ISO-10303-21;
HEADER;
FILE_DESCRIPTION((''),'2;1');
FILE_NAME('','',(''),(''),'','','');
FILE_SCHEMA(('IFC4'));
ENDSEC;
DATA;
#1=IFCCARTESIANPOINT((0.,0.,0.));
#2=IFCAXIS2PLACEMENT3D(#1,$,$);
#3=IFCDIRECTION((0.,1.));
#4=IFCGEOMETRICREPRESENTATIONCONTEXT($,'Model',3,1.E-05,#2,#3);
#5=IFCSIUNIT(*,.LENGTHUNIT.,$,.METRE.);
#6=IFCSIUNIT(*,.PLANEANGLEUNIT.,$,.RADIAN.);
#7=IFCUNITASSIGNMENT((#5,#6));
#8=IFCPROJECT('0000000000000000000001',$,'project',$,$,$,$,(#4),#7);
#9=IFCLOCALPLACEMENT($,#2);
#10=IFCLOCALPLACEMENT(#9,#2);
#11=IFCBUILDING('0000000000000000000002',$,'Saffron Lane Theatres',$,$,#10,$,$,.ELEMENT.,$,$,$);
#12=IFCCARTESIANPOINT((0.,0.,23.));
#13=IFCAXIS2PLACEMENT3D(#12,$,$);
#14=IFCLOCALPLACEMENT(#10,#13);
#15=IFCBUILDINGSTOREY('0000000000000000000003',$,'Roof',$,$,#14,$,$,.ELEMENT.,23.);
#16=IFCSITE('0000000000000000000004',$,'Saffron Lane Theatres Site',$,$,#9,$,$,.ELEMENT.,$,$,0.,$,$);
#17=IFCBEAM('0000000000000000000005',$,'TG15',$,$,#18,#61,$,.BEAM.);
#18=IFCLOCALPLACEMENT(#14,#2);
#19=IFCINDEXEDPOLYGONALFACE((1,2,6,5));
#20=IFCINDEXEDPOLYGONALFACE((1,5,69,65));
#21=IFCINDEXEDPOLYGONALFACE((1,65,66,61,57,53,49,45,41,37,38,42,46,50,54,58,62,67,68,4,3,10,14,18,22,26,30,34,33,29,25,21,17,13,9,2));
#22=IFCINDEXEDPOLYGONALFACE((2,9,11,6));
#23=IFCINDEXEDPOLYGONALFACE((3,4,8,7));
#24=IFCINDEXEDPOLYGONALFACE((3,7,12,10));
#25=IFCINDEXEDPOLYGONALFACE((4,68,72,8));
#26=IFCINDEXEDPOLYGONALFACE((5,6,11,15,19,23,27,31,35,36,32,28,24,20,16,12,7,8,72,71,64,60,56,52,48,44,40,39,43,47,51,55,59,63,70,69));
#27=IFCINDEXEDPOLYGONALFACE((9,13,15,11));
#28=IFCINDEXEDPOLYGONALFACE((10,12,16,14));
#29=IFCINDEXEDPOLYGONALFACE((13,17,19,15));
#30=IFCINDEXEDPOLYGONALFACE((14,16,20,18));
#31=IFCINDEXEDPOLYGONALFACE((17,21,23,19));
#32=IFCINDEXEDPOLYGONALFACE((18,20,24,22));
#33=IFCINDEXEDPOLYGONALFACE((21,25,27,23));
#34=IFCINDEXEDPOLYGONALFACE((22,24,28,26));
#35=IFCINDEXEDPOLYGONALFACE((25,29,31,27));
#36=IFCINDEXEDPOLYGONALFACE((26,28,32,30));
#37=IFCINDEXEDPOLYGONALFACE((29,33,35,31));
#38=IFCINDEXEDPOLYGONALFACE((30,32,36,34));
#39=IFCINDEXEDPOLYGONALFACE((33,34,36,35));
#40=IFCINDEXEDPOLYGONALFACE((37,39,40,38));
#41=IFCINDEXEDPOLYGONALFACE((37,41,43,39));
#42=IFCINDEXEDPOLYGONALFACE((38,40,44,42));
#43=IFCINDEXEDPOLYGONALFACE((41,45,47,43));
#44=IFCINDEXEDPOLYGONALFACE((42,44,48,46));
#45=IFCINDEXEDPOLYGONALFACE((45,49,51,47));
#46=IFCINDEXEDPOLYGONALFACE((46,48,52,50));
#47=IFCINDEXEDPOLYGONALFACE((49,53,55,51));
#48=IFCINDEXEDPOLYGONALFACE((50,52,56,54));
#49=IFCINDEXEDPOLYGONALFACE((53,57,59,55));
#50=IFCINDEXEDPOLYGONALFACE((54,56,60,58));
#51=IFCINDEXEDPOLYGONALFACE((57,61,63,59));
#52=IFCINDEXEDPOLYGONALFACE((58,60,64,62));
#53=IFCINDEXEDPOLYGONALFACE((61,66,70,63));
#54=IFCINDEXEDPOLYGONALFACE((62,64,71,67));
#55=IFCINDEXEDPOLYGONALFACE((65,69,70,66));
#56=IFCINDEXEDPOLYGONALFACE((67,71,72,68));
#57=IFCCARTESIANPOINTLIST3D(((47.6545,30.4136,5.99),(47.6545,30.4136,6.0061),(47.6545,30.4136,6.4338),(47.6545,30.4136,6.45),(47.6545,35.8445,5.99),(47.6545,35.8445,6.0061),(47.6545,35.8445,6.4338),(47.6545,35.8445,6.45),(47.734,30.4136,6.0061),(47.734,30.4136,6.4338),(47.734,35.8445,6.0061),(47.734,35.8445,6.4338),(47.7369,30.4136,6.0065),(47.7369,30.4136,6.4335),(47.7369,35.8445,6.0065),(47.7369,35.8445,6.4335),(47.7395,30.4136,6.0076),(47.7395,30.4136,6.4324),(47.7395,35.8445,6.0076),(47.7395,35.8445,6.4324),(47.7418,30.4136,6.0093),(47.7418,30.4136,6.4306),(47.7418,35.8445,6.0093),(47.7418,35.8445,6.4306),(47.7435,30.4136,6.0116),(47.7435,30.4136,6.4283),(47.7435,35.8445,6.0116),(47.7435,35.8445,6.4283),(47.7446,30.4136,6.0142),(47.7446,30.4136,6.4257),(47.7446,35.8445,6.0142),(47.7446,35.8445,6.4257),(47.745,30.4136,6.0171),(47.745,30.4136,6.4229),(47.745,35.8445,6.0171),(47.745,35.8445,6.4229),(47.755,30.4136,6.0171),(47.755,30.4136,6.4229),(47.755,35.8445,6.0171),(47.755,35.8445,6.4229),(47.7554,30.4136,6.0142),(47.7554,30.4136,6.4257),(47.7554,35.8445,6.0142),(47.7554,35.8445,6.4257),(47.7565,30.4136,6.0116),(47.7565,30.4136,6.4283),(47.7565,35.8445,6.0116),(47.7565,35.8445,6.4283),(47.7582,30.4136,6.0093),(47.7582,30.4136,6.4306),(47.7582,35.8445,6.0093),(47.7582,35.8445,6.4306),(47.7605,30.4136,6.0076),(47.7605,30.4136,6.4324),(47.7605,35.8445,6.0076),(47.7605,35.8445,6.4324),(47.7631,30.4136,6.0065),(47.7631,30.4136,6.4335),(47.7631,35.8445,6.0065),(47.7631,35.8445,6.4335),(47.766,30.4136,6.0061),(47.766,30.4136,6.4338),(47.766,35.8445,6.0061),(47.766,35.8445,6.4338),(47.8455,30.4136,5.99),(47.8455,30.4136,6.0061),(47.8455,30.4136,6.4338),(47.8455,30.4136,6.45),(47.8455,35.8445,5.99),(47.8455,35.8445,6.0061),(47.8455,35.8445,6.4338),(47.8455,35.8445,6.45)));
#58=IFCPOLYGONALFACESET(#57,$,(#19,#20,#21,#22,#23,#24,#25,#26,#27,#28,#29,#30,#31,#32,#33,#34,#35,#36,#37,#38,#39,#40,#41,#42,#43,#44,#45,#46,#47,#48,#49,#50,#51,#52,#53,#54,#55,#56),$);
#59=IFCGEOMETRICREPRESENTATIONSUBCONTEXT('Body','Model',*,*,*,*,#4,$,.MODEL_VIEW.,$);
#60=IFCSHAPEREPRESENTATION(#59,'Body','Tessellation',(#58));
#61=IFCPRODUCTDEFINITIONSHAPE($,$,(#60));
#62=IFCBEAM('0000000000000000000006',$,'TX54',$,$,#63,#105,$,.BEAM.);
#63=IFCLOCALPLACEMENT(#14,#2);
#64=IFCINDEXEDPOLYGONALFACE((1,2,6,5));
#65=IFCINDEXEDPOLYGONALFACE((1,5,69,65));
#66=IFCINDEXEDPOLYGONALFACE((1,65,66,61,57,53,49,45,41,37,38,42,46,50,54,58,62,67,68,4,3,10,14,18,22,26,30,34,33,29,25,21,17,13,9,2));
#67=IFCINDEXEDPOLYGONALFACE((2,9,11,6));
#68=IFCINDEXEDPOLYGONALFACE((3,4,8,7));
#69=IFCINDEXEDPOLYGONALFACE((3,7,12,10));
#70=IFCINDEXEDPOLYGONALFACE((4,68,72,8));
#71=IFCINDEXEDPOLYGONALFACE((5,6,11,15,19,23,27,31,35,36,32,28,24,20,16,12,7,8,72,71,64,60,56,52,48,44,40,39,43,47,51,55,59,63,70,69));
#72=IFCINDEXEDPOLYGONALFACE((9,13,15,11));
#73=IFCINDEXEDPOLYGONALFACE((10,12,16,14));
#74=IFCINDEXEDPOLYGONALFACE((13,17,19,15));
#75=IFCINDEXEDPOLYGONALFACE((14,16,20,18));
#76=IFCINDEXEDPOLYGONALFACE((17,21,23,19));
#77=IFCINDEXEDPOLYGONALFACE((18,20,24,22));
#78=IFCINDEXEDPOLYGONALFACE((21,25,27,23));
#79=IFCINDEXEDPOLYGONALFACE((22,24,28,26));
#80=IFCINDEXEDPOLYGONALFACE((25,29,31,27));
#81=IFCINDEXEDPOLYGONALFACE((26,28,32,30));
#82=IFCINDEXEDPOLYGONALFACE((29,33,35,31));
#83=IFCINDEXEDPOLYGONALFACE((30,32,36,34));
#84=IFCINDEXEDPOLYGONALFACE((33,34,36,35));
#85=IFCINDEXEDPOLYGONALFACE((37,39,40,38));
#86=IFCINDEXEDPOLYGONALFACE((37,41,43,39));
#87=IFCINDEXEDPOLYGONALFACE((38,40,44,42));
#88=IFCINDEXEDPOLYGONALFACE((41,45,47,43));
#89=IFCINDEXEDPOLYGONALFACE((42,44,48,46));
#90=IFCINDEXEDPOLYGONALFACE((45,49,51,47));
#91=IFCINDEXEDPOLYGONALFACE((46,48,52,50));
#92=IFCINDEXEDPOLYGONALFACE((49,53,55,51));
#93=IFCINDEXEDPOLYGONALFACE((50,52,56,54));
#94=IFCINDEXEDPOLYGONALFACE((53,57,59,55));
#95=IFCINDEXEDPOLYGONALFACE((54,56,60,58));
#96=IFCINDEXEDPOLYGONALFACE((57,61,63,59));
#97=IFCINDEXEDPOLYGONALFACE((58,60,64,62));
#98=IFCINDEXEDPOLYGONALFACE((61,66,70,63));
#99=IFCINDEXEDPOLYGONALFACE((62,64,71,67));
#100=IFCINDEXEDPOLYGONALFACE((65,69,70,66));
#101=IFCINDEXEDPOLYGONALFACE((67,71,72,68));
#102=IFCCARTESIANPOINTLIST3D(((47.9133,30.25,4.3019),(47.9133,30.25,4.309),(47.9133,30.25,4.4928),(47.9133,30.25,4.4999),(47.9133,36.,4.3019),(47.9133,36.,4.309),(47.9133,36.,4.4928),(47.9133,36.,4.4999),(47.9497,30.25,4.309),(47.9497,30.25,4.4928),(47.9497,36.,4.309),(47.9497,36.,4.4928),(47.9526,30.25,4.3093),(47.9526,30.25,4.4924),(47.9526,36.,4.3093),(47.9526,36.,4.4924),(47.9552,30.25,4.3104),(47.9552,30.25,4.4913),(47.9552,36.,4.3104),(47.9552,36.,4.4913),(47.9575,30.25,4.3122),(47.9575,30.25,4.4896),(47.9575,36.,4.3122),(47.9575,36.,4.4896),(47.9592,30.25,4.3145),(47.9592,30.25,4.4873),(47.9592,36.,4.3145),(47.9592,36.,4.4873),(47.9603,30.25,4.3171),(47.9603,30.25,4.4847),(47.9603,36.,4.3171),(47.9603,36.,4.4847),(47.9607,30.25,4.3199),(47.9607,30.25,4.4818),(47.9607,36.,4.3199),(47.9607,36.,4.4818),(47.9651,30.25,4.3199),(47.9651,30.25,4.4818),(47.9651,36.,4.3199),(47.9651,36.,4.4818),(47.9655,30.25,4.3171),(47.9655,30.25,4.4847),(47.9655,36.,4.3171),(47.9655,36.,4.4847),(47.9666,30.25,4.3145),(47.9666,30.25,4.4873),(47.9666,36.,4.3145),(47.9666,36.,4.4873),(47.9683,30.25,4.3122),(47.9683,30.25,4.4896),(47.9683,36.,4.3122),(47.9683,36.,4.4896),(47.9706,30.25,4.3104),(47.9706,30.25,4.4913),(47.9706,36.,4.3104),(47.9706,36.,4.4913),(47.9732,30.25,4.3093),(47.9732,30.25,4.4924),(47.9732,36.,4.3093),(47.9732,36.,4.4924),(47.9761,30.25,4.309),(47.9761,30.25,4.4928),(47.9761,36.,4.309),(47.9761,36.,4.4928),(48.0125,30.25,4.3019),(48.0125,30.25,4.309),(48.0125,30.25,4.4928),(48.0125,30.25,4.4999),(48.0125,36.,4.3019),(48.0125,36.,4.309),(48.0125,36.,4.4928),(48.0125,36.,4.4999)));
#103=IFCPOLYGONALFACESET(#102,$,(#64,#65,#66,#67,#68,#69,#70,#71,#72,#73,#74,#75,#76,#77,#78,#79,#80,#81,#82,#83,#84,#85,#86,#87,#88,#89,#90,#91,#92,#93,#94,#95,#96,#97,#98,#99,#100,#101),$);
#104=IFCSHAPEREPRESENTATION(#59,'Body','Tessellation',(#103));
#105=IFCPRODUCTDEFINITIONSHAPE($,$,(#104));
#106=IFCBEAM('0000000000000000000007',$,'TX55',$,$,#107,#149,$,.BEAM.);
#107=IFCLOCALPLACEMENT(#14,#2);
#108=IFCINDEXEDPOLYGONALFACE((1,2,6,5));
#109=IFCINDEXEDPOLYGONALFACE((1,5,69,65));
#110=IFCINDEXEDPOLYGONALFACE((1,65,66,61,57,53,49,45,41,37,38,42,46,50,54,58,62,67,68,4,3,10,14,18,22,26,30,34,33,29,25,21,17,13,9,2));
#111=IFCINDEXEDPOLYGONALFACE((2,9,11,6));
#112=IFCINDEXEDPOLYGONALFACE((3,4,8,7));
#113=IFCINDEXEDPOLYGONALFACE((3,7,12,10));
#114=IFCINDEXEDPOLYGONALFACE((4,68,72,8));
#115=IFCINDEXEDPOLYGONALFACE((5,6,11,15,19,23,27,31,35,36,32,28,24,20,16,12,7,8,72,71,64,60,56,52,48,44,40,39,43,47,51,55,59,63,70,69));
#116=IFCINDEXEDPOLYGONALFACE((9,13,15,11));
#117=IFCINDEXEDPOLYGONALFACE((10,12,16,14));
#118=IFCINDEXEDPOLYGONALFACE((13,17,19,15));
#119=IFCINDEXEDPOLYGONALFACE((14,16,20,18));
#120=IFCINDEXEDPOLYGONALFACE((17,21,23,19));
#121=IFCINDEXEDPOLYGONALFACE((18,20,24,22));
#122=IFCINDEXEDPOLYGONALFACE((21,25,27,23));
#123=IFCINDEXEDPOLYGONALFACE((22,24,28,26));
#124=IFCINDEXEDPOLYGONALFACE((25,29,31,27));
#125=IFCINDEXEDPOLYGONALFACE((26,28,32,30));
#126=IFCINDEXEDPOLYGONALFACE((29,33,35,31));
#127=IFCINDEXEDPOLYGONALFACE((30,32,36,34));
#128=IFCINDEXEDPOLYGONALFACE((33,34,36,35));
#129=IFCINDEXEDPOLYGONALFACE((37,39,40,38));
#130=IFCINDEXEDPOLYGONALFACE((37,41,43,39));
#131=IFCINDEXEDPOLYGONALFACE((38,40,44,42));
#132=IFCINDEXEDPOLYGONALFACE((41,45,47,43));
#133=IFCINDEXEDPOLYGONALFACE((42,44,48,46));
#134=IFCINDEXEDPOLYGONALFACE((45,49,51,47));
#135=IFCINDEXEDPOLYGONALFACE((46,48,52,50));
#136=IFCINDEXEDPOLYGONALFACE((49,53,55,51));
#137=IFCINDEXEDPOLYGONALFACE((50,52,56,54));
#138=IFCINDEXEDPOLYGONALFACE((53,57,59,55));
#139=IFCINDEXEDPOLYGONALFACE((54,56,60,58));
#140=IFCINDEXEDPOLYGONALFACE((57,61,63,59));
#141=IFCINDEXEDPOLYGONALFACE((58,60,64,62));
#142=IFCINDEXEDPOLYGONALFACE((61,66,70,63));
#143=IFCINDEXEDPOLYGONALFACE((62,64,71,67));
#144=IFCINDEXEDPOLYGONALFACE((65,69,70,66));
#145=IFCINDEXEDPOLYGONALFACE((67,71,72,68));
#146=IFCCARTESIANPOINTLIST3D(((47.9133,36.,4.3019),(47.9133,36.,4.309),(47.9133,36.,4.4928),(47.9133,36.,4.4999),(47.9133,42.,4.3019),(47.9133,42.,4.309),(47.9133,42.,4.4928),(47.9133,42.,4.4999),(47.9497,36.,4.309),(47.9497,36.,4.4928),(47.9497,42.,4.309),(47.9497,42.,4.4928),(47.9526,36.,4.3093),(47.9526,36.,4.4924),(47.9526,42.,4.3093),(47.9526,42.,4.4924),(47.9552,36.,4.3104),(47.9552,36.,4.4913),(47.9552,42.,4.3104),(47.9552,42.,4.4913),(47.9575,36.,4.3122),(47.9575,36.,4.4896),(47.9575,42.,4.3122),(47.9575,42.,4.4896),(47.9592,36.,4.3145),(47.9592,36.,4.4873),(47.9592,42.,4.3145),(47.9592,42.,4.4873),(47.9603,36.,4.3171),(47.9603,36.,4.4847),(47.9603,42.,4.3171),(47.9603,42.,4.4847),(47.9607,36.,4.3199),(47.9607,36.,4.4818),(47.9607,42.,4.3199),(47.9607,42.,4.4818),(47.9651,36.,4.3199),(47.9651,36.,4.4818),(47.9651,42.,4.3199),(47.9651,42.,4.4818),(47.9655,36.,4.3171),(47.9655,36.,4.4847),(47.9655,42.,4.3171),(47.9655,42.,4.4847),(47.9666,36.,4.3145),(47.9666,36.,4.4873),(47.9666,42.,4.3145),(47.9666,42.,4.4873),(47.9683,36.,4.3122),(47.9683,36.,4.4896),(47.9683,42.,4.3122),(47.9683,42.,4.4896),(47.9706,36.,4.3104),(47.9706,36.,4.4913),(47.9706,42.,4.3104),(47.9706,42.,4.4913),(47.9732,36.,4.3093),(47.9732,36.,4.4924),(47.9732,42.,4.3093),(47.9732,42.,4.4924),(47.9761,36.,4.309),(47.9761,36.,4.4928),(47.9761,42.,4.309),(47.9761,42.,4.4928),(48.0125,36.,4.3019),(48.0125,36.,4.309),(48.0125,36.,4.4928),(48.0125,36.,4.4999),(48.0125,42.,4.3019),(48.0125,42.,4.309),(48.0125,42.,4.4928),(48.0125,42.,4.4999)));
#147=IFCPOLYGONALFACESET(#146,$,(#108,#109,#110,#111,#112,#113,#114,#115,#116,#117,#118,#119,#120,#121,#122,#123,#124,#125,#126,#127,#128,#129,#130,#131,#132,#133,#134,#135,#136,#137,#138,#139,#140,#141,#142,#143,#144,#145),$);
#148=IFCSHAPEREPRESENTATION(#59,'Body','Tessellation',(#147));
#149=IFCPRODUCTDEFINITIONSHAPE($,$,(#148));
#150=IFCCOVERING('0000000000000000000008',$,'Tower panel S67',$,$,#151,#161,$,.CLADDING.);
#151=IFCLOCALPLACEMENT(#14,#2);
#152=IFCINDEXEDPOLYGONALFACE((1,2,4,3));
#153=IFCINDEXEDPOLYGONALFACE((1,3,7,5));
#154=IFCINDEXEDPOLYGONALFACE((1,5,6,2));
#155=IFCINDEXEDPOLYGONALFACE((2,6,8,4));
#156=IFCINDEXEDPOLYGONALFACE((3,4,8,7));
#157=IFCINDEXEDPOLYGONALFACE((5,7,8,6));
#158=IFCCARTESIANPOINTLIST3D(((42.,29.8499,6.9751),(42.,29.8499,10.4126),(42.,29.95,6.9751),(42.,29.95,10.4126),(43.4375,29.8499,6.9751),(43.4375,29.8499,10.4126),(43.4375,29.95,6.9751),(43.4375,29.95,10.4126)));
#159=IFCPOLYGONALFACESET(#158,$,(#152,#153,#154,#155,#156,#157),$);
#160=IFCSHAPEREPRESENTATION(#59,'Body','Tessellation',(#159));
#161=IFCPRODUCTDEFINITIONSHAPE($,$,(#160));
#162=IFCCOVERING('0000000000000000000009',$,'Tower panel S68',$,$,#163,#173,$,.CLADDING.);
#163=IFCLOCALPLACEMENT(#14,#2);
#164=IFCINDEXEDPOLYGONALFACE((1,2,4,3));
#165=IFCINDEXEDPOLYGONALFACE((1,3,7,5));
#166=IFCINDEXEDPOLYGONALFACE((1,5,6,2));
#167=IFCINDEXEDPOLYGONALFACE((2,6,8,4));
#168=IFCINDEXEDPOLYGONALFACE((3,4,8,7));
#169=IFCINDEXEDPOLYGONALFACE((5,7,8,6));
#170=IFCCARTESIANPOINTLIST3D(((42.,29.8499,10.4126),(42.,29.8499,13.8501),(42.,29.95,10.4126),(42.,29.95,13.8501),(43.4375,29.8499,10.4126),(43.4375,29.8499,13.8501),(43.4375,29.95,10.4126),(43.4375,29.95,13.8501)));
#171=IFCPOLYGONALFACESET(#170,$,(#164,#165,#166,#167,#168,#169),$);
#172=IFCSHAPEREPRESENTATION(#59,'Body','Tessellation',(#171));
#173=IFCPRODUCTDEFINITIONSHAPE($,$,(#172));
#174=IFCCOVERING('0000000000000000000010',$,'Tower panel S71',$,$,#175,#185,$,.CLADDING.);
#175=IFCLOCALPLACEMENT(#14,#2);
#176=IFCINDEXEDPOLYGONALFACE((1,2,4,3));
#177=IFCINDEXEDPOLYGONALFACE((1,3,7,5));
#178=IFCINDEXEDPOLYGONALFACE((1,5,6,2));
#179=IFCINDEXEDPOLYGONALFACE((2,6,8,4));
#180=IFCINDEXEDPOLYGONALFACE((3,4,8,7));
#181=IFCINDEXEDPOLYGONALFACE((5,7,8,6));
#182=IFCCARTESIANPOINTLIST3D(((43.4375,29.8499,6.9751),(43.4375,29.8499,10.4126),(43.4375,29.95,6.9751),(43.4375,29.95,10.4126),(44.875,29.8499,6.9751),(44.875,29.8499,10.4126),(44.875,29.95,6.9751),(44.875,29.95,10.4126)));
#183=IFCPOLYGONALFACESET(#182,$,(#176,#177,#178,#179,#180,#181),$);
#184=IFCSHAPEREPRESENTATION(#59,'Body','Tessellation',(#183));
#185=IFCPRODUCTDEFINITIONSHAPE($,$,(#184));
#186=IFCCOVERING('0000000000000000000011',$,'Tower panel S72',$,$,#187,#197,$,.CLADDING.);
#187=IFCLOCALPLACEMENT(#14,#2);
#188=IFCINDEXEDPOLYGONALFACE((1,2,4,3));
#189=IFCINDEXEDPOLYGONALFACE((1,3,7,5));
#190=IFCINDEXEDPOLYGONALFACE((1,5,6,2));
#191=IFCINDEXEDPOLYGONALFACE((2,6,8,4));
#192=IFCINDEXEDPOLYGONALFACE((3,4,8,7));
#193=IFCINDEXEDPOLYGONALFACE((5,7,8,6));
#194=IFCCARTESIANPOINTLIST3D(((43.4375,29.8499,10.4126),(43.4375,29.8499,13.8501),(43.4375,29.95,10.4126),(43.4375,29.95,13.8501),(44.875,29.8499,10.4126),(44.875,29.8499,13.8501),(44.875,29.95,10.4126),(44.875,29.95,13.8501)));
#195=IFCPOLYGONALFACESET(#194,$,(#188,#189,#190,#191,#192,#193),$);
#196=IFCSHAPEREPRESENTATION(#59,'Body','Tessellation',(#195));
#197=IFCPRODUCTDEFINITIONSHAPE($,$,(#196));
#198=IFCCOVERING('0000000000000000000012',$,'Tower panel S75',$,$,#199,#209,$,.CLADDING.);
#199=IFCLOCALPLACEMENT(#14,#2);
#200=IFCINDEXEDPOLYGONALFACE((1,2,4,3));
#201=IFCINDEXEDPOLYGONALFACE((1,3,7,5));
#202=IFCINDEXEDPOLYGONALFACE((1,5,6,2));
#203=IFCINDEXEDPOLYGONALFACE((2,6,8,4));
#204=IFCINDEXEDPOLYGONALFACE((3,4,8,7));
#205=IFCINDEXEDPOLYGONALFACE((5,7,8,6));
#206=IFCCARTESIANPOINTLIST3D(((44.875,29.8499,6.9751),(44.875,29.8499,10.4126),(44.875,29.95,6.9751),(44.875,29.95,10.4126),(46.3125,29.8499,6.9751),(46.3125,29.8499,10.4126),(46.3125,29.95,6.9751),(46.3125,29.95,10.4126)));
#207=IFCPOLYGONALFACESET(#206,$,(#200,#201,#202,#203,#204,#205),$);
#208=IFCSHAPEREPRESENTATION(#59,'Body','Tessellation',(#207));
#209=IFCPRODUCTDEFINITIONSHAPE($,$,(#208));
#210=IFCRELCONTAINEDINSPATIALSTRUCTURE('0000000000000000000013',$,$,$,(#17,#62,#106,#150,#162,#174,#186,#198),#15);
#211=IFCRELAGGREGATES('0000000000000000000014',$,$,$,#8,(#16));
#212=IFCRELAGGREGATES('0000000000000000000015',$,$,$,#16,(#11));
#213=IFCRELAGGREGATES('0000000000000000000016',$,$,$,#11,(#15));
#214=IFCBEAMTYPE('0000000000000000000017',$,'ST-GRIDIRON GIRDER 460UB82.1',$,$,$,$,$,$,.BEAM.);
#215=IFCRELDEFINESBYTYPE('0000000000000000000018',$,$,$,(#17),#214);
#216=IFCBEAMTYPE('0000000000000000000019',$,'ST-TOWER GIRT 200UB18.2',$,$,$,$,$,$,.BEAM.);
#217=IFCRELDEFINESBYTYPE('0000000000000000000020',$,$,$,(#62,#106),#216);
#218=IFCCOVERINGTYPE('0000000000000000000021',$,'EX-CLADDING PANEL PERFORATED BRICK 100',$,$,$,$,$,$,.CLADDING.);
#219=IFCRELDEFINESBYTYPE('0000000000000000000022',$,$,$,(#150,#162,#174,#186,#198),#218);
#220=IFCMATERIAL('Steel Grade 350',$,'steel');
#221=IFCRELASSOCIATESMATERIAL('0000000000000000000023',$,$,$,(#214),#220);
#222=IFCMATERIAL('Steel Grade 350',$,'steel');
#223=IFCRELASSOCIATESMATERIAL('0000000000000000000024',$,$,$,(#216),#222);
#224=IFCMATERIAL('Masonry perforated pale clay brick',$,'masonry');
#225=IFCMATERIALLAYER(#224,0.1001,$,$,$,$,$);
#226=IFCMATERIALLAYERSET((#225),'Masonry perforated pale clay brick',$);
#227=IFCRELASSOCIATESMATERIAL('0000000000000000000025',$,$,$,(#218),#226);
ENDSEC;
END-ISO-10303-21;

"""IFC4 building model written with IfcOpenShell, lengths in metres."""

from ifc_helpers import new_model, si_unit, direction, frame, origin, origin_2d, place, context, subcontext, project, spatial, rectangle, i_section, extrude, material, layer, layer_set, material_profile, profile_set, type_object, element, save


model = new_model("IFC4")

# Units and contexts
model_context = context("Model", 3, precision=1e-05, world=origin(), true_north=direction((0.0, 1.0)))
body_context = subcontext(model_context, "Body", "Model", "MODEL_VIEW")
ifc_project = project(units=[si_unit("LENGTHUNIT", "METRE"), si_unit("PLANEANGLEUNIT", "RADIAN")], contexts=[model_context])

# Site, building, storey
site_placement = place(None, origin())
site = spatial("IfcSite", under=ifc_project, at=site_placement, Name="Saffron Lane Theatres Site", CompositionType="ELEMENT", RefElevation=0.0)
building_placement = place(site_placement, origin())
building = spatial("IfcBuilding", under=site, at=building_placement, Name="Saffron Lane Theatres", CompositionType="ELEMENT")
storey_placement = place(building_placement, frame((0.0, 0.0, 23.0)))
storey = spatial("IfcBuildingStorey", under=building, at=storey_placement, Name="Roof", CompositionType="ELEMENT", Elevation=23.0)

# Beams
ifc_material_1 = material(Name="Steel Grade 350", Category="steel")
ifc_material_profile_1 = material_profile(ifc_material_1, i_section(OverallWidth=0.1909, OverallDepth=0.46, WebThickness=0.01, FlangeThickness=0.0161, FilletRadius=0.011, at=origin_2d()))
ifc_profile_set_1 = profile_set([ifc_material_profile_1], Name="Steel Grade 350")
beam_type_1 = type_object("IfcBeamType", Name="ST-GRIDIRON GIRDER 460UB82.1", PredefinedType="BEAM", material=ifc_profile_set_1)
beam_1_placement = place(storey_placement, frame((47.75, 30.4136, 6.22), z_axis=(0.0, 1.0, 0.0), x_axis=(-1.0, 0.0, 0.0)))
element("IfcBeam", 1, at=beam_1_placement, inside=storey, type_object=beam_type_1, Name="TG15", PredefinedType="BEAM", context=body_context, shape_type="SweptSolid", body=[
    extrude(i_section(OverallWidth=0.1909, OverallDepth=0.46, WebThickness=0.01, FlangeThickness=0.0161, FilletRadius=0.011, at=origin_2d()), origin(), (0.0, 0.0, 1.0), 5.4309),
])
ifc_material_2 = material(Name="Steel Grade 350", Category="steel")
ifc_material_profile_2 = material_profile(ifc_material_2, i_section(OverallWidth=0.0991, OverallDepth=0.198, WebThickness=0.0044, FlangeThickness=0.0071, FilletRadius=0.011, at=origin_2d()))
ifc_profile_set_2 = profile_set([ifc_material_profile_2], Name="Steel Grade 350")
beam_type_2 = type_object("IfcBeamType", Name="ST-TOWER GIRT 200UB18.2", PredefinedType="BEAM", material=ifc_profile_set_2)
beam_2_placement = place(storey_placement, frame((47.9629, 30.25, 4.4009), z_axis=(0.0, 1.0, 0.0), x_axis=(-1.0, 0.0, 0.0)))
element("IfcBeam", 2, at=beam_2_placement, inside=storey, type_object=beam_type_2, Name="TX54", PredefinedType="BEAM", context=body_context, shape_type="SweptSolid", body=[
    extrude(i_section(OverallWidth=0.0991, OverallDepth=0.198, WebThickness=0.0044, FlangeThickness=0.0071, FilletRadius=0.011, at=origin_2d()), origin(), (0.0, 0.0, 1.0), 5.75),
])
beam_3_placement = place(storey_placement, frame((47.9629, 36.0, 4.4009), z_axis=(0.0, 1.0, 0.0), x_axis=(-1.0, 0.0, 0.0)))
element("IfcBeam", 3, at=beam_3_placement, inside=storey, type_object=beam_type_2, Name="TX55", PredefinedType="BEAM", context=body_context, shape_type="SweptSolid", body=[
    extrude(i_section(OverallWidth=0.0991, OverallDepth=0.198, WebThickness=0.0044, FlangeThickness=0.0071, FilletRadius=0.011, at=origin_2d()), origin(), (0.0, 0.0, 1.0), 6.0),
])

# Coverings
ifc_material_3 = material(Name="Masonry perforated pale clay brick", Category="masonry")
ifc_layer = layer(ifc_material_3, 0.1001)
ifc_layer_set = layer_set([ifc_layer], Name="Masonry perforated pale clay brick")
covering_type = type_object("IfcCoveringType", Name="EX-CLADDING PANEL PERFORATED BRICK 100", PredefinedType="CLADDING", material=ifc_layer_set)
for number, where, z_axis, x_axis, name in (
    (4, (42.7188, 29.8999, 6.9751), (0.0, 0.0, 1.0), (1.0, 0.0, 0.0), "Tower panel S67"),
    (5, (42.7188, 29.8999, 10.4126), (0.0, 0.0, 1.0), (1.0, 0.0, 0.0), "Tower panel S68"),
    (6, (44.1562, 29.8999, 6.9751), (0.0, 0.0, 1.0), (1.0, 0.0, 0.0), "Tower panel S71"),
    (7, (44.1562, 29.8999, 10.4126), (0.0, 0.0, 1.0), (1.0, 0.0, 0.0), "Tower panel S72"),
    (8, (45.5938, 29.8999, 6.9751), (0.0, 0.0, 1.0), (1.0, 0.0, 0.0), "Tower panel S75"),
):
    element("IfcCovering", number, at=place(storey_placement, frame(where, z_axis=z_axis, x_axis=x_axis)), inside=storey, type_object=covering_type, Name=name, PredefinedType="CLADDING", context=body_context, shape_type="SweptSolid", body=[
        extrude(rectangle(XDim=1.4375, YDim=0.1001, at=origin_2d()), origin(), (0.0, 0.0, 1.0), 3.4375),
    ])

save(model, "model.ifc")
